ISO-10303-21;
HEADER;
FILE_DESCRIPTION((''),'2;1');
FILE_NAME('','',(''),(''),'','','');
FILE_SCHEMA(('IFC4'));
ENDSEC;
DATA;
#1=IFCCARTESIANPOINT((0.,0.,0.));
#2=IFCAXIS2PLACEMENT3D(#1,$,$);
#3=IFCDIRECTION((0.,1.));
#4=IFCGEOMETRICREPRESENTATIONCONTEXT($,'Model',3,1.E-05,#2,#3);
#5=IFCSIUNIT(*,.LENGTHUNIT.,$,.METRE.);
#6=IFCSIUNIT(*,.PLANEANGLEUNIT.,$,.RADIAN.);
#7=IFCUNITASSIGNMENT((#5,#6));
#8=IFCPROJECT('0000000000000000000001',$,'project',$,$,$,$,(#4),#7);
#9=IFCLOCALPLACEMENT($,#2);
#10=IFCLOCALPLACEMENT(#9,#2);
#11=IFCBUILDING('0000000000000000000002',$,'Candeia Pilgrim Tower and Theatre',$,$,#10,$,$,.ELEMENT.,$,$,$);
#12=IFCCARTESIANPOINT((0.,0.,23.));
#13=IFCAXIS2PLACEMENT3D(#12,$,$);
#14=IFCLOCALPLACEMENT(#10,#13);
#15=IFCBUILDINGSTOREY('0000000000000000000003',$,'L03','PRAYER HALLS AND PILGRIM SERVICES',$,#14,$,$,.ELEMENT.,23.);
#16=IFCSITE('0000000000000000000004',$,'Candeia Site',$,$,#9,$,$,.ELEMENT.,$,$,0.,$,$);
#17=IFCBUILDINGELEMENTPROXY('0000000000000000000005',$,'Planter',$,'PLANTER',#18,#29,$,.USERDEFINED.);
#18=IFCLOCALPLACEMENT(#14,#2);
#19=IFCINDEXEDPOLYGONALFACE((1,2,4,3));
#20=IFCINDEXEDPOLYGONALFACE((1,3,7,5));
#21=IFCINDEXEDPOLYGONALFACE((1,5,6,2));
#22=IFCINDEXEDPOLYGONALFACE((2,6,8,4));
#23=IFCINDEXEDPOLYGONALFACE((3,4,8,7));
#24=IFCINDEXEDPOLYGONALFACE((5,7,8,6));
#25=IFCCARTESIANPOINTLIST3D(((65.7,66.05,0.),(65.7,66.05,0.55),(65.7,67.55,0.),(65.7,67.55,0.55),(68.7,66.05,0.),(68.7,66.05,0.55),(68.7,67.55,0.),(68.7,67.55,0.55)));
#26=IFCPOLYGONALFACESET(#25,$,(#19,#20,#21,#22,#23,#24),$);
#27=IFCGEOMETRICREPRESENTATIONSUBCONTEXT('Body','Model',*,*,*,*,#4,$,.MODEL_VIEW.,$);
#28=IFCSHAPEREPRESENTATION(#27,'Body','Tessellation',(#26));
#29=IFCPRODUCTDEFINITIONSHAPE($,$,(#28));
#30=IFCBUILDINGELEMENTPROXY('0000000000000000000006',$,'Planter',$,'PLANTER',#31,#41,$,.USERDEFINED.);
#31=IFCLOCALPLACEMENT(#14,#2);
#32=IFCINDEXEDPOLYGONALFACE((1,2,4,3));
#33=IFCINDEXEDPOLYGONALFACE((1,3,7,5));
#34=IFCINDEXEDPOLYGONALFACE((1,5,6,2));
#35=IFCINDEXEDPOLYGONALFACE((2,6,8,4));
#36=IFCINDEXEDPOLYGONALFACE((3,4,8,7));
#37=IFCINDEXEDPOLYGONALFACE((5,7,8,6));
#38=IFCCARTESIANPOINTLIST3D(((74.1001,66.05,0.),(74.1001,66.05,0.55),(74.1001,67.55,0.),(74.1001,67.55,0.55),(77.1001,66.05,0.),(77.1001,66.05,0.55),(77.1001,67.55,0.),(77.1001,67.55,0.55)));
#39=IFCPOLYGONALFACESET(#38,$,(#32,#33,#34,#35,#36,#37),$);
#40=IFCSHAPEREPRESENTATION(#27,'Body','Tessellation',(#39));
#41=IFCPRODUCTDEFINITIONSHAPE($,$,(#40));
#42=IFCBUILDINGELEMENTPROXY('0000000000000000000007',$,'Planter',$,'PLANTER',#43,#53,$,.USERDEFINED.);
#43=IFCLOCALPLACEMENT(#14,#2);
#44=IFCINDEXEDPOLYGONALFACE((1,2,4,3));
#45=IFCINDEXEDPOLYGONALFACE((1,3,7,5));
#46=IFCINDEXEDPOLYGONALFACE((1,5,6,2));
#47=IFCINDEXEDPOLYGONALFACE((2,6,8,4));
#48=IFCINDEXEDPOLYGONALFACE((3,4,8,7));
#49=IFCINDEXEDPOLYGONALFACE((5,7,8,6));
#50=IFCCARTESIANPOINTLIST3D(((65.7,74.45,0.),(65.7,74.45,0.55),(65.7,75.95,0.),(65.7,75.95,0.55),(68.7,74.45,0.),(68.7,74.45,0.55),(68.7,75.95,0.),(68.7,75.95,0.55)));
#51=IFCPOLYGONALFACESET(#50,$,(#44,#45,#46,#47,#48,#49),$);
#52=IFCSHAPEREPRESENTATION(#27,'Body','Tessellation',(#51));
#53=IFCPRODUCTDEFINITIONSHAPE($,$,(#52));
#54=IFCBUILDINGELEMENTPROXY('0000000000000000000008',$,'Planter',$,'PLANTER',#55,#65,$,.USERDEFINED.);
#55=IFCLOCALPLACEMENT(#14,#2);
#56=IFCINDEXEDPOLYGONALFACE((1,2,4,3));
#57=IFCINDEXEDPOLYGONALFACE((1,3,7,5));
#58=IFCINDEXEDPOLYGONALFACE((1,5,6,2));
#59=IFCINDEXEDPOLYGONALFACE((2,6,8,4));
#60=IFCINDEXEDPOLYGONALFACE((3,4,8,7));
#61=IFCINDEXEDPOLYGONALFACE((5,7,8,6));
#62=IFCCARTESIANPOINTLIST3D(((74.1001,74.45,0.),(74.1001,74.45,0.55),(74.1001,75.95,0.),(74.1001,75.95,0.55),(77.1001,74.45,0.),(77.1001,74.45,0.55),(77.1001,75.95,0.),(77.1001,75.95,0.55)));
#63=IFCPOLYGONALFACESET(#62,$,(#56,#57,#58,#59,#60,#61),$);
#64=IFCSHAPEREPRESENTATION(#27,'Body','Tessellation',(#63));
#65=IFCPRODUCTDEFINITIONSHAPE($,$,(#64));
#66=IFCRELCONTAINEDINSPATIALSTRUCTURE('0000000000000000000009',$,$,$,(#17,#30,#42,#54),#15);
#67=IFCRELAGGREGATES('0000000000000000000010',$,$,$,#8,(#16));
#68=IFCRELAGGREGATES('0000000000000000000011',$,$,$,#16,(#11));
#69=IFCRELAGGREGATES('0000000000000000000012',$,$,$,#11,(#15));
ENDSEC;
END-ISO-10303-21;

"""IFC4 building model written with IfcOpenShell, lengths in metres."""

from ifc_helpers import new_model, si_unit, direction, frame, origin, origin_2d, place, context, subcontext, project, spatial, rectangle, extrude, element, save


model = new_model("IFC4")

# Units and contexts
model_context = context("Model", 3, precision=1e-05, world=origin(), true_north=direction((0.0, 1.0)))
body_context = subcontext(model_context, "Body", "Model", "MODEL_VIEW")
ifc_project = project(units=[si_unit("LENGTHUNIT", "METRE"), si_unit("PLANEANGLEUNIT", "RADIAN")], contexts=[model_context])

# Site, building, storey
site_placement = place(None, origin())
site = spatial("IfcSite", under=ifc_project, at=site_placement, Name="Candeia Site", CompositionType="ELEMENT", RefElevation=0.0)
building_placement = place(site_placement, origin())
building = spatial("IfcBuilding", under=site, at=building_placement, Name="Candeia Pilgrim Tower and Theatre", CompositionType="ELEMENT")
storey_placement = place(building_placement, frame((0.0, 0.0, 23.0)))
storey = spatial("IfcBuildingStorey", under=building, at=storey_placement, Name="L03", Description="PRAYER HALLS AND PILGRIM SERVICES", CompositionType="ELEMENT", Elevation=23.0)

# Building element proxies
for number, where, z_axis, x_axis, name in (
    (1, (67.2, 66.8, 0.0), (0.0, 0.0, 1.0), (1.0, 0.0, 0.0), "Planter"),
    (2, (75.6001, 66.8, 0.0), (0.0, 0.0, 1.0), (1.0, 0.0, 0.0), "Planter"),
    (3, (67.2, 75.2, 0.0), (0.0, 0.0, 1.0), (1.0, 0.0, 0.0), "Planter"),
    (4, (75.6001, 75.2, 0.0), (0.0, 0.0, 1.0), (1.0, 0.0, 0.0), "Planter"),
):
    element("IfcBuildingElementProxy", number, at=place(storey_placement, frame(where, z_axis=z_axis, x_axis=x_axis)), inside=storey, Name=name, ObjectType="PLANTER", PredefinedType="USERDEFINED", context=body_context, shape_type="SweptSolid", body=[
        extrude(rectangle(XDim=3.0, YDim=1.5, at=origin_2d()), origin(), (0.0, 0.0, 1.0), 0.55),
    ])

save(model, "model.ifc")
